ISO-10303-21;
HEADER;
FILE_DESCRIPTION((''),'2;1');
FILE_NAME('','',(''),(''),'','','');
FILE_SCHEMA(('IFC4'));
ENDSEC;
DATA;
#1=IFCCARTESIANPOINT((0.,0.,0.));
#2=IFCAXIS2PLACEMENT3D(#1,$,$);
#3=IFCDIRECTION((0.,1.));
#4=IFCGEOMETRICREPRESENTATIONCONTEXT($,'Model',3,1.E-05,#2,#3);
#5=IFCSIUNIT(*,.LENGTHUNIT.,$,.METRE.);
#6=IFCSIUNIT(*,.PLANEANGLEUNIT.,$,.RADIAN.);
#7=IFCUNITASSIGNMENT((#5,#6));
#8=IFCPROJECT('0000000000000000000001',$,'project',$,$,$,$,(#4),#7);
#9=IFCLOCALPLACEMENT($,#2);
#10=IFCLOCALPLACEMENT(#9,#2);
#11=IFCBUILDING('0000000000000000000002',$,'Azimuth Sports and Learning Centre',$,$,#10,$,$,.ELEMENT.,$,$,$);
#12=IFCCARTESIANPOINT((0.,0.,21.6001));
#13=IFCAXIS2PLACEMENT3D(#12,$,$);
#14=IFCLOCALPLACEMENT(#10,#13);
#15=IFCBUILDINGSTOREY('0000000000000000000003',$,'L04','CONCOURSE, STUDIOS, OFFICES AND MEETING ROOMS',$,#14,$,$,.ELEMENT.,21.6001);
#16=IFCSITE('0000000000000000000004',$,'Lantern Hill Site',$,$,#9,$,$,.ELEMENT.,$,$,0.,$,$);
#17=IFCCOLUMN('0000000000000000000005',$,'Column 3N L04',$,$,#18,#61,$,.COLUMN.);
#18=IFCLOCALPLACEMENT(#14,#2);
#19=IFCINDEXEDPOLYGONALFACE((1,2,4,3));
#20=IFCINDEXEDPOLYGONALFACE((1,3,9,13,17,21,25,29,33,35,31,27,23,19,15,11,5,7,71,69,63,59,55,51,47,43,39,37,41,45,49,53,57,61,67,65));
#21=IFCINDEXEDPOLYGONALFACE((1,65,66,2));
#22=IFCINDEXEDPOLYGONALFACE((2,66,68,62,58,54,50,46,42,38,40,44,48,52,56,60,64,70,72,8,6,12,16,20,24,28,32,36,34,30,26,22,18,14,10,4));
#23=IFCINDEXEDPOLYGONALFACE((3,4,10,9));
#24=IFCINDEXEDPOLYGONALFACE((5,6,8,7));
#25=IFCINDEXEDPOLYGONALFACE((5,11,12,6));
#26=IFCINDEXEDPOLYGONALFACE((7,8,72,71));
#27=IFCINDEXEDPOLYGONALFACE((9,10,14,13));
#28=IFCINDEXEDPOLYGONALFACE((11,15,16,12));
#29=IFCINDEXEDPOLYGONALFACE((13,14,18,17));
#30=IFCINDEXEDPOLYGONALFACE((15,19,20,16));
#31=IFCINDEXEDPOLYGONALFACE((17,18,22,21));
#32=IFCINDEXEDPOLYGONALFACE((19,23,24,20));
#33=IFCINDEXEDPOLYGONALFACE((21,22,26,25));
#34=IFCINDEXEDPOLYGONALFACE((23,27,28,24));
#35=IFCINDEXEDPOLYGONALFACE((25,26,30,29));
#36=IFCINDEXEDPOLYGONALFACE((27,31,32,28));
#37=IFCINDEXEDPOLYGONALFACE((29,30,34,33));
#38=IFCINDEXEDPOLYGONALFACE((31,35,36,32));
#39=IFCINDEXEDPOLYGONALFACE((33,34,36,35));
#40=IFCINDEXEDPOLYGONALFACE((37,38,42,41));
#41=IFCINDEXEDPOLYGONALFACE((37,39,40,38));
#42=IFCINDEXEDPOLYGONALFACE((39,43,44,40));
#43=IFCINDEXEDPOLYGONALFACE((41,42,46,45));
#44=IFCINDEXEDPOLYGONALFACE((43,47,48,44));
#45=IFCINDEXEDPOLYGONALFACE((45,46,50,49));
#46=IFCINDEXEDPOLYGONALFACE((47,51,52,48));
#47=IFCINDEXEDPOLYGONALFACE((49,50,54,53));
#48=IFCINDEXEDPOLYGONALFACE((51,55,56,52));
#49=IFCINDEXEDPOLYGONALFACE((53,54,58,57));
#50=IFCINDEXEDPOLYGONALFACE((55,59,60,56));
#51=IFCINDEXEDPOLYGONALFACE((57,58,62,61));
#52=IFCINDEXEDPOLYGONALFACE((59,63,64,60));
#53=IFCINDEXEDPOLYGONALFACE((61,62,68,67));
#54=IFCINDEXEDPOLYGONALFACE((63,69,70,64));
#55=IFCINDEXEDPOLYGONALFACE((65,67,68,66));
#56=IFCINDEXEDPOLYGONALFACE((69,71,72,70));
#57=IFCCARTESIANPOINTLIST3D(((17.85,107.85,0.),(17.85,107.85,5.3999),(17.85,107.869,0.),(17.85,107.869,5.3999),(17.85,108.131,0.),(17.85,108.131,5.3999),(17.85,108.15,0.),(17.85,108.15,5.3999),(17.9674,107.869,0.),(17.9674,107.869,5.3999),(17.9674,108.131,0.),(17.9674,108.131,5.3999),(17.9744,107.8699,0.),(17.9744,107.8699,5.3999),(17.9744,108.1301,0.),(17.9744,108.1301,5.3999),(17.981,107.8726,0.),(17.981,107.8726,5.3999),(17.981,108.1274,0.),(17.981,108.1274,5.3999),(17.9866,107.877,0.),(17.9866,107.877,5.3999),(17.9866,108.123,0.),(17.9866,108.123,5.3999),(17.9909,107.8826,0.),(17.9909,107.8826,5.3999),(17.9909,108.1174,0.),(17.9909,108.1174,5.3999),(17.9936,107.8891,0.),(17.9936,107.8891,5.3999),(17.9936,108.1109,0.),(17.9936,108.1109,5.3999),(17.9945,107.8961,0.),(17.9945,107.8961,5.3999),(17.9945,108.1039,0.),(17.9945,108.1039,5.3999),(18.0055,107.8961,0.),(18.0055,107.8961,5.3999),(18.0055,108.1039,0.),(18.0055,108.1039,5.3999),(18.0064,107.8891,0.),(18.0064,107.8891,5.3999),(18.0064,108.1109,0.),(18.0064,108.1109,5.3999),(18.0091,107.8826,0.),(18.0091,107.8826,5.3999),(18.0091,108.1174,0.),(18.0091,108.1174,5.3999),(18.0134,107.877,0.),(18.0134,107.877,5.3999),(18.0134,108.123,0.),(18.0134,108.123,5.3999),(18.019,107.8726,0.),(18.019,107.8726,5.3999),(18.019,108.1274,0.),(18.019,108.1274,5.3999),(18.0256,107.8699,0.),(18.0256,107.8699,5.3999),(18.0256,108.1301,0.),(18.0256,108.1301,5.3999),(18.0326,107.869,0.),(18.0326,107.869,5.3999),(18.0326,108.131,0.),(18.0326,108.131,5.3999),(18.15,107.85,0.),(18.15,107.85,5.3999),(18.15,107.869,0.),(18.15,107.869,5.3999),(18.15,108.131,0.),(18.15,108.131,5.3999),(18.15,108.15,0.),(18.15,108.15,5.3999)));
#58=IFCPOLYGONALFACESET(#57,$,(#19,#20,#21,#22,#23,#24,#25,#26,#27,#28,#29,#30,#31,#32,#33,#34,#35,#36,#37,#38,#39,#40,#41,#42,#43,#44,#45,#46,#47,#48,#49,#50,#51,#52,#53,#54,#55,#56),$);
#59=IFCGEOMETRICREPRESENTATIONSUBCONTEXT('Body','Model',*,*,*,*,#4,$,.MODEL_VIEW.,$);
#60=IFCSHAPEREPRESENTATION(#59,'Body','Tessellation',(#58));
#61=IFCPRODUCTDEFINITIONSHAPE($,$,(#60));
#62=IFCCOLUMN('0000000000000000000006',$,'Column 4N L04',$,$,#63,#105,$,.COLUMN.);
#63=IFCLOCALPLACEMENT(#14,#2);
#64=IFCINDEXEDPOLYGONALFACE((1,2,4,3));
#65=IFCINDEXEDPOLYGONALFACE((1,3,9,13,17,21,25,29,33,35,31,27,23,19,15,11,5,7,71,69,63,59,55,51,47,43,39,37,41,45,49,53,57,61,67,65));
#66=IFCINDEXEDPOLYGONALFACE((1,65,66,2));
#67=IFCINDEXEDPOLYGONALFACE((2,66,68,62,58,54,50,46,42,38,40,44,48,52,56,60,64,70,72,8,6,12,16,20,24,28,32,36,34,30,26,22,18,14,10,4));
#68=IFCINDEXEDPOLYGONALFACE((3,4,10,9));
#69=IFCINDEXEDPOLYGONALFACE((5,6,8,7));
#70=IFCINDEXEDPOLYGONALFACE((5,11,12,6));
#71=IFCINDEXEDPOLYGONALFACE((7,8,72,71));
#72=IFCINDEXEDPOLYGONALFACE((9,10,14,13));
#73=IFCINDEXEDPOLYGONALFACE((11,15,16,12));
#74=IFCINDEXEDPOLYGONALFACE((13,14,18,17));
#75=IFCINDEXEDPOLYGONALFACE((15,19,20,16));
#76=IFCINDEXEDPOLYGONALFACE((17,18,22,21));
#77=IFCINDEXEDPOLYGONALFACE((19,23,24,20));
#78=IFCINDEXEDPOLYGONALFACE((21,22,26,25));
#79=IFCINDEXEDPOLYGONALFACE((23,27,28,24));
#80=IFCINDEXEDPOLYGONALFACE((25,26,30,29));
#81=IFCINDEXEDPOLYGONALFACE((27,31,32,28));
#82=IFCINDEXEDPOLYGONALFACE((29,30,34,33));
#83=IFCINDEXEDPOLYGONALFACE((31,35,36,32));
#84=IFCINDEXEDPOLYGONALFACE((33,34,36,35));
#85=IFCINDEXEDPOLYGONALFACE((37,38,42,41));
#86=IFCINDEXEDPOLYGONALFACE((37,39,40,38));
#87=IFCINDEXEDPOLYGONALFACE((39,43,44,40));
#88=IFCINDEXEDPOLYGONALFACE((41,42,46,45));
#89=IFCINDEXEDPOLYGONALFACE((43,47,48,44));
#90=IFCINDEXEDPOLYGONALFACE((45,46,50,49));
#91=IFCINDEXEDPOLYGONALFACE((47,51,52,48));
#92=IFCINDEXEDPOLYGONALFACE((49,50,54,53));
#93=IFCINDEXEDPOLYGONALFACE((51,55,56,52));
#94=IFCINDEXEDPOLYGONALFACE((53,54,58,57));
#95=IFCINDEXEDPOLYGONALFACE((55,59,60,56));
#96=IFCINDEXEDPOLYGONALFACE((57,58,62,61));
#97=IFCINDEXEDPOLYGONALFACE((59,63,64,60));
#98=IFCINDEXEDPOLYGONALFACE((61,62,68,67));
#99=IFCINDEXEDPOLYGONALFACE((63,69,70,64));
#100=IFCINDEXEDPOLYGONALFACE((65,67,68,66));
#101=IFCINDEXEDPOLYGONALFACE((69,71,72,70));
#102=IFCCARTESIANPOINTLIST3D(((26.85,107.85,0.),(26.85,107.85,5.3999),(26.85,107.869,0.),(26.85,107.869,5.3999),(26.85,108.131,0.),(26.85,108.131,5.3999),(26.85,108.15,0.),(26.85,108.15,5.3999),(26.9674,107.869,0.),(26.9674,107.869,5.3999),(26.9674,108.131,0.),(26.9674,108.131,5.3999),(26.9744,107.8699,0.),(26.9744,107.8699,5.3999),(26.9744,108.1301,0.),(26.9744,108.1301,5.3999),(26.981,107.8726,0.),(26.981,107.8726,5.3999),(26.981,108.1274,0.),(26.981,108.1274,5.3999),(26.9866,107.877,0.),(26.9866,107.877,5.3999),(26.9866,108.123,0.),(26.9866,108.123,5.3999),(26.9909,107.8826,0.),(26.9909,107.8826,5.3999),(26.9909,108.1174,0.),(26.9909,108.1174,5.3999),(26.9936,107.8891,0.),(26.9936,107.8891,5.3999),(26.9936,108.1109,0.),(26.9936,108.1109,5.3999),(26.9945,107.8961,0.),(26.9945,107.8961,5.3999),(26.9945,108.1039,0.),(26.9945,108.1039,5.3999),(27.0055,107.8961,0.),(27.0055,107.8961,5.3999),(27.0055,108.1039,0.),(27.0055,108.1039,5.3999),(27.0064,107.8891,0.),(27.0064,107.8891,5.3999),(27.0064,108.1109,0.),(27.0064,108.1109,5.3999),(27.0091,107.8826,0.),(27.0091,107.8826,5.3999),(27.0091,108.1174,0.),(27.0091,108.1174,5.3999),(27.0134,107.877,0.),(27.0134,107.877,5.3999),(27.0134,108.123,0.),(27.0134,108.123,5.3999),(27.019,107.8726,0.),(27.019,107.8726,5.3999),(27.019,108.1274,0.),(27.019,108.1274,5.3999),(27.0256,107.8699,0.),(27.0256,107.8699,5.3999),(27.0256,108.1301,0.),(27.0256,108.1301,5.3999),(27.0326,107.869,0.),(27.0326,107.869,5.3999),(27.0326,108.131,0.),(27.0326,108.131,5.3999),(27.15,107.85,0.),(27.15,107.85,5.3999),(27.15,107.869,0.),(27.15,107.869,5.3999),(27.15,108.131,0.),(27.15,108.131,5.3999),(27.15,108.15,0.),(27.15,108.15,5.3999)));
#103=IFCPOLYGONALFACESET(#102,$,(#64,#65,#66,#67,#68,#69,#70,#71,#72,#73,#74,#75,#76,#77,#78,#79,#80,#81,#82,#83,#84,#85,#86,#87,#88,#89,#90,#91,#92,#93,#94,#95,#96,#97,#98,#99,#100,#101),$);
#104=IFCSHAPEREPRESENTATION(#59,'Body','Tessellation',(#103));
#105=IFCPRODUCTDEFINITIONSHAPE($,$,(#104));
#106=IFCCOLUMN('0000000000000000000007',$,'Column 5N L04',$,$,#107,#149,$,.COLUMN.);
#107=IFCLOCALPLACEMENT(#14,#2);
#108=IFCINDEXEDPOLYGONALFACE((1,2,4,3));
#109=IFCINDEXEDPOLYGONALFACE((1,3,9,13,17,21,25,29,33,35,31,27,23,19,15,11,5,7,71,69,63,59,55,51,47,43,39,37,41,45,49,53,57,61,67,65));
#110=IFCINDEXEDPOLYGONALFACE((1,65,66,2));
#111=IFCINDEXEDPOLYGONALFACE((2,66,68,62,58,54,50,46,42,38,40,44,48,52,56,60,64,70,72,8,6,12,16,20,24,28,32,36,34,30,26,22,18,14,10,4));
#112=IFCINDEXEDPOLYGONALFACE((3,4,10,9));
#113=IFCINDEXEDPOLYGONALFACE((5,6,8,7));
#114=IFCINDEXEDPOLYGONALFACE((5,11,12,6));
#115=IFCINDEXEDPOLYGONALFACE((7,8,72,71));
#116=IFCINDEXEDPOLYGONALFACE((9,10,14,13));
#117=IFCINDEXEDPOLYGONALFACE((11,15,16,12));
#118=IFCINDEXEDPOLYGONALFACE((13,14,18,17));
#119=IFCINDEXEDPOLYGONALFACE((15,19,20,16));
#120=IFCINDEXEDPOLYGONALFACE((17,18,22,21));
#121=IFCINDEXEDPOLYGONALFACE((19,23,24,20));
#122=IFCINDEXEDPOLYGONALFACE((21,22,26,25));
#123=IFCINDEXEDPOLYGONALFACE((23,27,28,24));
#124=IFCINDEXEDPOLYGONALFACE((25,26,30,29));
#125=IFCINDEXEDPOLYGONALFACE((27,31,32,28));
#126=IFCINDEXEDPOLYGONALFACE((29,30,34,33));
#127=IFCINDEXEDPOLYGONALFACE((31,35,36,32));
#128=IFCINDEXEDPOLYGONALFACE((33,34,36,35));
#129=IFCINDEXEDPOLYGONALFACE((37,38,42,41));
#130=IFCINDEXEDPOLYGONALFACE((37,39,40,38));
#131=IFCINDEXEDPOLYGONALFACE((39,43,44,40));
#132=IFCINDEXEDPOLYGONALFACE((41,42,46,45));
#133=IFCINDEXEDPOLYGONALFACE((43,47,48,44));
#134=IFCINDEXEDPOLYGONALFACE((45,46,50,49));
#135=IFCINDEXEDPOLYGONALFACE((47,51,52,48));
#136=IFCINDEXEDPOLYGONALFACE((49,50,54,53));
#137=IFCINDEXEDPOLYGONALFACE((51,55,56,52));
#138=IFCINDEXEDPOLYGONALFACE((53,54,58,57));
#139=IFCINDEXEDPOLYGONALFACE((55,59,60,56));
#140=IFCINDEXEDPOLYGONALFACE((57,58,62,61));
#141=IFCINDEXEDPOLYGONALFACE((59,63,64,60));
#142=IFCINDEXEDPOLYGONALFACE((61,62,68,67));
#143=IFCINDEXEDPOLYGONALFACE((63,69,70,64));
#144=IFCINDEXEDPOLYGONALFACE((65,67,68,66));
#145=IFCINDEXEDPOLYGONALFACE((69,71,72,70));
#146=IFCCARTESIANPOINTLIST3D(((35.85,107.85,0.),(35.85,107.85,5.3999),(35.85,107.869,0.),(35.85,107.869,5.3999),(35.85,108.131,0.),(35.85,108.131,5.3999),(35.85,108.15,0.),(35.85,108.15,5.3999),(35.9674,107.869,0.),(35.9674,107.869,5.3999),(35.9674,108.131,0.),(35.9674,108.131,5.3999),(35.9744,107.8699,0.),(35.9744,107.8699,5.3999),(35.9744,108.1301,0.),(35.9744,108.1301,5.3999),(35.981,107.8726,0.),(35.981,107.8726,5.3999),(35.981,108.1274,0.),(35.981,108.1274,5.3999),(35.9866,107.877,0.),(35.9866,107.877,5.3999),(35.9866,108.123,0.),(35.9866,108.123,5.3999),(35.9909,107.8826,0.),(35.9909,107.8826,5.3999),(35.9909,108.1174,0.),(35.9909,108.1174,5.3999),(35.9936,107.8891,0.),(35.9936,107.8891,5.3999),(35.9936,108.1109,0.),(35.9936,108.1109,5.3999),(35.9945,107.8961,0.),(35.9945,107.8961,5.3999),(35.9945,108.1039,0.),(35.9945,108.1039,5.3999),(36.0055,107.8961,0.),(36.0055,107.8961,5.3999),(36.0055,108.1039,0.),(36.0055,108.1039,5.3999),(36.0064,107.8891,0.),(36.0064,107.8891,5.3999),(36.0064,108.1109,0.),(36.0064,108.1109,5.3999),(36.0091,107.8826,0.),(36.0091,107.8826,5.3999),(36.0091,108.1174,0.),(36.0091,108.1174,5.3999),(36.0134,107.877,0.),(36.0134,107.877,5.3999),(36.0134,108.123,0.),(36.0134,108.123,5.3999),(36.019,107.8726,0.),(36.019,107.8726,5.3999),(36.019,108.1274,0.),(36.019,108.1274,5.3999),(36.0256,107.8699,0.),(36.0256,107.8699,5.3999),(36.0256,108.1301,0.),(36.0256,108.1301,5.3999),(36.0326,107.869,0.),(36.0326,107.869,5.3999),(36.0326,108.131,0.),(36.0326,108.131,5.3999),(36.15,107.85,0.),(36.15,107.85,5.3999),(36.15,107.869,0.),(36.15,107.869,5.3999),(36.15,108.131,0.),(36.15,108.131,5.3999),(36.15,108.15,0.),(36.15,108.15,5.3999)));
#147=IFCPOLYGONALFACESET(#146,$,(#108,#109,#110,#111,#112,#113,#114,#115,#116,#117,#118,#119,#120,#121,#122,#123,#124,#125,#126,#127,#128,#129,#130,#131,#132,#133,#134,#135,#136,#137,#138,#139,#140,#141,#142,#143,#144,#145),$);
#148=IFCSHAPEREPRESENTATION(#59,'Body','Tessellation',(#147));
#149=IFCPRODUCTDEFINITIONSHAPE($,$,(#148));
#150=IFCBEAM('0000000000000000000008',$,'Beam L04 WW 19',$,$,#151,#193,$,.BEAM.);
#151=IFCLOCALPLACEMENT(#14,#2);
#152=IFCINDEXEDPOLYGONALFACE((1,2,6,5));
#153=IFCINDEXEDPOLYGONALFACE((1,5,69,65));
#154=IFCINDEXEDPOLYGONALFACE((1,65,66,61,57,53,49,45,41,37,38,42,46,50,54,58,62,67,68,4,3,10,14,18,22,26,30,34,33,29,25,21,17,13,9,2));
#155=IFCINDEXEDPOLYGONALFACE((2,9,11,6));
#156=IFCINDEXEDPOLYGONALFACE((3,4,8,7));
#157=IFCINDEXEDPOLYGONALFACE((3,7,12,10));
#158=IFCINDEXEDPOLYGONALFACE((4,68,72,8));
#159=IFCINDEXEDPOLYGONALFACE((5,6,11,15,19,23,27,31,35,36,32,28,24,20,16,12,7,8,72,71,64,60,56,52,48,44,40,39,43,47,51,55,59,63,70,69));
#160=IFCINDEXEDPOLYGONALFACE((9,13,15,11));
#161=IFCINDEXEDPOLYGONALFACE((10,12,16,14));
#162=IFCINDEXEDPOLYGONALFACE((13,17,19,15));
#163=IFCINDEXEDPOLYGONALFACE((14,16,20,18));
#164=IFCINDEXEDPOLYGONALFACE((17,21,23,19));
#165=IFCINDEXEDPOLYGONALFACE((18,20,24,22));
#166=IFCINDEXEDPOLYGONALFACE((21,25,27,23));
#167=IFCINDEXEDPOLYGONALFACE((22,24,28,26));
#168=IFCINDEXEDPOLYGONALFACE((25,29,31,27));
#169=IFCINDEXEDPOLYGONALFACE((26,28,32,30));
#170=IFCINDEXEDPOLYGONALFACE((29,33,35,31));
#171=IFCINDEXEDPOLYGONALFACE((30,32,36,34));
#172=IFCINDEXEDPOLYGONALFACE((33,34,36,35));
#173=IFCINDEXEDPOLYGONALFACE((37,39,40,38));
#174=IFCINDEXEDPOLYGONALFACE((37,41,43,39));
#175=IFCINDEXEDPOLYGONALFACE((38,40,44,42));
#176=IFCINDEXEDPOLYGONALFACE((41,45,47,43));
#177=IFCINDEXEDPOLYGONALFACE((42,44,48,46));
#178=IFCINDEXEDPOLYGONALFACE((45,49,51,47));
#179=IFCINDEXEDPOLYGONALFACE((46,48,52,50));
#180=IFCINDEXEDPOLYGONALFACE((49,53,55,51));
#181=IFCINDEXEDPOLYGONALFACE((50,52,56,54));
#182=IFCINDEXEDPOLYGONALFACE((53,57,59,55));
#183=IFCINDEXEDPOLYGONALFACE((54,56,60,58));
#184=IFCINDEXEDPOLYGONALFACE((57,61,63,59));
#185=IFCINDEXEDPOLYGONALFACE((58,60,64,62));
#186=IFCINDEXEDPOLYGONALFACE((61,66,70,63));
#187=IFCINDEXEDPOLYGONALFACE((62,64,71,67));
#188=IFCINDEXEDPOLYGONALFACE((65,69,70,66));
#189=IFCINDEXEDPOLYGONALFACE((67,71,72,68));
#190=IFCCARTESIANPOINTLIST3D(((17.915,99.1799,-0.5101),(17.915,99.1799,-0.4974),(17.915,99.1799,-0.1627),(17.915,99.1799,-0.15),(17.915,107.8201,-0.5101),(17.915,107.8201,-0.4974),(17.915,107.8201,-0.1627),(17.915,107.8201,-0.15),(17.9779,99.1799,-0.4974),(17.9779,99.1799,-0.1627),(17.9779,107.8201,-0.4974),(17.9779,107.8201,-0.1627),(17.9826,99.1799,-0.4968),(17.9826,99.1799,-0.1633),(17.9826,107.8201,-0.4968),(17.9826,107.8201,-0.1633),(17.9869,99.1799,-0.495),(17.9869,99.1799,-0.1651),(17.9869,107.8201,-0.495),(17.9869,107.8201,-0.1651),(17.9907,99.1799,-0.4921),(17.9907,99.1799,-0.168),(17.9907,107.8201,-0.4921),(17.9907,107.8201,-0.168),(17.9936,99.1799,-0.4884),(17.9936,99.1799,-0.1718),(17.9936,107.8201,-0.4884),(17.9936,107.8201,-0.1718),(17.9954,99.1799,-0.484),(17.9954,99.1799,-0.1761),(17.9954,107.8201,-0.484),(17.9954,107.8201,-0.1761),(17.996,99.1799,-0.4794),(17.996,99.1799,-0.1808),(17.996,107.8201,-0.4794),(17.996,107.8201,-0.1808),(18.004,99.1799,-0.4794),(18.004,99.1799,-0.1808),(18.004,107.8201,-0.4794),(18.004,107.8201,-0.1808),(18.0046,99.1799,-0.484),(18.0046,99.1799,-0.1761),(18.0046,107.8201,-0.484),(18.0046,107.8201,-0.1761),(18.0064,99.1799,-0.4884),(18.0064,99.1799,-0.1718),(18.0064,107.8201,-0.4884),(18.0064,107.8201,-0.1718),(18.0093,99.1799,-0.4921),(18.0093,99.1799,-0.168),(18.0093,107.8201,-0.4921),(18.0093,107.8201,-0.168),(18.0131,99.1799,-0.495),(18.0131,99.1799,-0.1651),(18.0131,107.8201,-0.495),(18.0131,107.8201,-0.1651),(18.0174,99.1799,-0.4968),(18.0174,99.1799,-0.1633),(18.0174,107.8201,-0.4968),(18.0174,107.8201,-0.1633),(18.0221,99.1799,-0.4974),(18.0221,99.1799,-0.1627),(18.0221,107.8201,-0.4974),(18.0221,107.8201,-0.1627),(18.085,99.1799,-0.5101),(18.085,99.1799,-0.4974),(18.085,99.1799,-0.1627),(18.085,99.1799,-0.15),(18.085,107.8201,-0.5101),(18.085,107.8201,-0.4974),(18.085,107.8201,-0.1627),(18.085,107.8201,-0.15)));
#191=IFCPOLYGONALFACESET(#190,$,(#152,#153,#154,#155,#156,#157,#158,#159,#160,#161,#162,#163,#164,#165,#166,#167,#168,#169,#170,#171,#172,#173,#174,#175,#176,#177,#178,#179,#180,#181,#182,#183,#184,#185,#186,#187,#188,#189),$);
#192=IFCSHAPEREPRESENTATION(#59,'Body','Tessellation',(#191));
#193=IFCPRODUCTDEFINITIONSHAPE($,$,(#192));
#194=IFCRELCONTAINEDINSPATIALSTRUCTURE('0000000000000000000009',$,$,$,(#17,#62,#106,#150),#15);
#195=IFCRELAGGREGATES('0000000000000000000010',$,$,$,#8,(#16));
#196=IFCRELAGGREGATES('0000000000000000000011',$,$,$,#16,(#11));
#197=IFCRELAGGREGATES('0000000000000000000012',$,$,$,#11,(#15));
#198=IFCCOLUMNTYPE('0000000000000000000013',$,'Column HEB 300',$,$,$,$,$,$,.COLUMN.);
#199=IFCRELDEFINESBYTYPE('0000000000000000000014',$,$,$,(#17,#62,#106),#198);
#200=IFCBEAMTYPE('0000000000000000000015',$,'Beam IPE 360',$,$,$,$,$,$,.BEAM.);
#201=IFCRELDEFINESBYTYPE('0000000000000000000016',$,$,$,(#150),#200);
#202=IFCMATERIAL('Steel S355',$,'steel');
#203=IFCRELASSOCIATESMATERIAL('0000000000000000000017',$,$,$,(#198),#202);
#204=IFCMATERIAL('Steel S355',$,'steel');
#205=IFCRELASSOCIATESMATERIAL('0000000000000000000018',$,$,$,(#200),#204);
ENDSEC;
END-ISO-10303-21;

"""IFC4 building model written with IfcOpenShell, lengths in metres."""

from ifc_helpers import new_model, si_unit, direction, frame, origin, origin_2d, place, context, subcontext, project, spatial, i_section, extrude, material, material_profile, profile_set, type_object, element, save


model = new_model("IFC4")

# Units and contexts
model_context = context("Model", 3, precision=1e-05, world=origin(), true_north=direction((0.0, 1.0)))
body_context = subcontext(model_context, "Body", "Model", "MODEL_VIEW")
ifc_project = project(units=[si_unit("LENGTHUNIT", "METRE"), si_unit("PLANEANGLEUNIT", "RADIAN")], contexts=[model_context])

# Site, building, storey
site_placement = place(None, origin())
site = spatial("IfcSite", under=ifc_project, at=site_placement, Name="Lantern Hill Site", CompositionType="ELEMENT", RefElevation=0.0)
building_placement = place(site_placement, origin())
building = spatial("IfcBuilding", under=site, at=building_placement, Name="Azimuth Sports and Learning Centre", CompositionType="ELEMENT")
storey_placement = place(building_placement, frame((0.0, 0.0, 21.6001)))
storey = spatial("IfcBuildingStorey", under=building, at=storey_placement, Name="L04", Description="CONCOURSE, STUDIOS, OFFICES AND MEETING ROOMS", CompositionType="ELEMENT", Elevation=21.6001)

# Columns
ifc_material_1 = material(Name="Steel S355", Category="steel")
ifc_material_profile_1 = material_profile(ifc_material_1, i_section(OverallWidth=0.3, OverallDepth=0.3, WebThickness=0.011, FlangeThickness=0.019, FilletRadius=0.0271, at=origin_2d()), Name="HEB 300")
ifc_profile_set_1 = profile_set([ifc_material_profile_1], Name="Steel S355")
column_type = type_object("IfcColumnType", Name="Column HEB 300", PredefinedType="COLUMN", material=ifc_profile_set_1)
for number, where, z_axis, x_axis, name in (
    (1, (18.0, 108.0, 0.0), (0.0, 0.0, 1.0), (1.0, 0.0, 0.0), "Column 3N L04"),
    (2, (27.0, 108.0, 0.0), (0.0, 0.0, 1.0), (1.0, 0.0, 0.0), "Column 4N L04"),
    (3, (36.0, 108.0, 0.0), (0.0, 0.0, 1.0), (1.0, 0.0, 0.0), "Column 5N L04"),
):
    element("IfcColumn", number, at=place(storey_placement, frame(where, z_axis=z_axis, x_axis=x_axis)), inside=storey, type_object=column_type, Name=name, PredefinedType="COLUMN", context=body_context, shape_type="SweptSolid", body=[
        extrude(i_section(OverallWidth=0.3, OverallDepth=0.3, WebThickness=0.011, FlangeThickness=0.019, FilletRadius=0.0271, at=origin_2d()), origin(), (0.0, 0.0, 1.0), 5.3999),
    ])

# Beam
ifc_material_2 = material(Name="Steel S355", Category="steel")
ifc_material_profile_2 = material_profile(ifc_material_2, i_section(OverallWidth=0.1699, OverallDepth=0.3601, WebThickness=0.0081, FlangeThickness=0.0127, FilletRadius=0.0181, at=origin_2d()), Name="IPE 360")
ifc_profile_set_2 = profile_set([ifc_material_profile_2], Name="Steel S355")
beam_type_1 = type_object("IfcBeamType", Name="Beam IPE 360", PredefinedType="BEAM", material=ifc_profile_set_2)
for number, where, z_axis, x_axis, name in (
    (4, (18.0, 99.1799, -0.3301), (0.0, 1.0, 0.0), (-1.0, 0.0, 0.0), "Beam L04 WW 19"),
):
    element("IfcBeam", number, at=place(storey_placement, frame(where, z_axis=z_axis, x_axis=x_axis)), inside=storey, type_object=beam_type_1, Name=name, PredefinedType="BEAM", context=body_context, shape_type="SweptSolid", body=[
        extrude(i_section(OverallWidth=0.1699, OverallDepth=0.3601, WebThickness=0.0081, FlangeThickness=0.0127, FilletRadius=0.0181, at=origin_2d()), origin(), (0.0, 0.0, 1.0), 8.6401),
    ])

save(model, "model.ifc")
